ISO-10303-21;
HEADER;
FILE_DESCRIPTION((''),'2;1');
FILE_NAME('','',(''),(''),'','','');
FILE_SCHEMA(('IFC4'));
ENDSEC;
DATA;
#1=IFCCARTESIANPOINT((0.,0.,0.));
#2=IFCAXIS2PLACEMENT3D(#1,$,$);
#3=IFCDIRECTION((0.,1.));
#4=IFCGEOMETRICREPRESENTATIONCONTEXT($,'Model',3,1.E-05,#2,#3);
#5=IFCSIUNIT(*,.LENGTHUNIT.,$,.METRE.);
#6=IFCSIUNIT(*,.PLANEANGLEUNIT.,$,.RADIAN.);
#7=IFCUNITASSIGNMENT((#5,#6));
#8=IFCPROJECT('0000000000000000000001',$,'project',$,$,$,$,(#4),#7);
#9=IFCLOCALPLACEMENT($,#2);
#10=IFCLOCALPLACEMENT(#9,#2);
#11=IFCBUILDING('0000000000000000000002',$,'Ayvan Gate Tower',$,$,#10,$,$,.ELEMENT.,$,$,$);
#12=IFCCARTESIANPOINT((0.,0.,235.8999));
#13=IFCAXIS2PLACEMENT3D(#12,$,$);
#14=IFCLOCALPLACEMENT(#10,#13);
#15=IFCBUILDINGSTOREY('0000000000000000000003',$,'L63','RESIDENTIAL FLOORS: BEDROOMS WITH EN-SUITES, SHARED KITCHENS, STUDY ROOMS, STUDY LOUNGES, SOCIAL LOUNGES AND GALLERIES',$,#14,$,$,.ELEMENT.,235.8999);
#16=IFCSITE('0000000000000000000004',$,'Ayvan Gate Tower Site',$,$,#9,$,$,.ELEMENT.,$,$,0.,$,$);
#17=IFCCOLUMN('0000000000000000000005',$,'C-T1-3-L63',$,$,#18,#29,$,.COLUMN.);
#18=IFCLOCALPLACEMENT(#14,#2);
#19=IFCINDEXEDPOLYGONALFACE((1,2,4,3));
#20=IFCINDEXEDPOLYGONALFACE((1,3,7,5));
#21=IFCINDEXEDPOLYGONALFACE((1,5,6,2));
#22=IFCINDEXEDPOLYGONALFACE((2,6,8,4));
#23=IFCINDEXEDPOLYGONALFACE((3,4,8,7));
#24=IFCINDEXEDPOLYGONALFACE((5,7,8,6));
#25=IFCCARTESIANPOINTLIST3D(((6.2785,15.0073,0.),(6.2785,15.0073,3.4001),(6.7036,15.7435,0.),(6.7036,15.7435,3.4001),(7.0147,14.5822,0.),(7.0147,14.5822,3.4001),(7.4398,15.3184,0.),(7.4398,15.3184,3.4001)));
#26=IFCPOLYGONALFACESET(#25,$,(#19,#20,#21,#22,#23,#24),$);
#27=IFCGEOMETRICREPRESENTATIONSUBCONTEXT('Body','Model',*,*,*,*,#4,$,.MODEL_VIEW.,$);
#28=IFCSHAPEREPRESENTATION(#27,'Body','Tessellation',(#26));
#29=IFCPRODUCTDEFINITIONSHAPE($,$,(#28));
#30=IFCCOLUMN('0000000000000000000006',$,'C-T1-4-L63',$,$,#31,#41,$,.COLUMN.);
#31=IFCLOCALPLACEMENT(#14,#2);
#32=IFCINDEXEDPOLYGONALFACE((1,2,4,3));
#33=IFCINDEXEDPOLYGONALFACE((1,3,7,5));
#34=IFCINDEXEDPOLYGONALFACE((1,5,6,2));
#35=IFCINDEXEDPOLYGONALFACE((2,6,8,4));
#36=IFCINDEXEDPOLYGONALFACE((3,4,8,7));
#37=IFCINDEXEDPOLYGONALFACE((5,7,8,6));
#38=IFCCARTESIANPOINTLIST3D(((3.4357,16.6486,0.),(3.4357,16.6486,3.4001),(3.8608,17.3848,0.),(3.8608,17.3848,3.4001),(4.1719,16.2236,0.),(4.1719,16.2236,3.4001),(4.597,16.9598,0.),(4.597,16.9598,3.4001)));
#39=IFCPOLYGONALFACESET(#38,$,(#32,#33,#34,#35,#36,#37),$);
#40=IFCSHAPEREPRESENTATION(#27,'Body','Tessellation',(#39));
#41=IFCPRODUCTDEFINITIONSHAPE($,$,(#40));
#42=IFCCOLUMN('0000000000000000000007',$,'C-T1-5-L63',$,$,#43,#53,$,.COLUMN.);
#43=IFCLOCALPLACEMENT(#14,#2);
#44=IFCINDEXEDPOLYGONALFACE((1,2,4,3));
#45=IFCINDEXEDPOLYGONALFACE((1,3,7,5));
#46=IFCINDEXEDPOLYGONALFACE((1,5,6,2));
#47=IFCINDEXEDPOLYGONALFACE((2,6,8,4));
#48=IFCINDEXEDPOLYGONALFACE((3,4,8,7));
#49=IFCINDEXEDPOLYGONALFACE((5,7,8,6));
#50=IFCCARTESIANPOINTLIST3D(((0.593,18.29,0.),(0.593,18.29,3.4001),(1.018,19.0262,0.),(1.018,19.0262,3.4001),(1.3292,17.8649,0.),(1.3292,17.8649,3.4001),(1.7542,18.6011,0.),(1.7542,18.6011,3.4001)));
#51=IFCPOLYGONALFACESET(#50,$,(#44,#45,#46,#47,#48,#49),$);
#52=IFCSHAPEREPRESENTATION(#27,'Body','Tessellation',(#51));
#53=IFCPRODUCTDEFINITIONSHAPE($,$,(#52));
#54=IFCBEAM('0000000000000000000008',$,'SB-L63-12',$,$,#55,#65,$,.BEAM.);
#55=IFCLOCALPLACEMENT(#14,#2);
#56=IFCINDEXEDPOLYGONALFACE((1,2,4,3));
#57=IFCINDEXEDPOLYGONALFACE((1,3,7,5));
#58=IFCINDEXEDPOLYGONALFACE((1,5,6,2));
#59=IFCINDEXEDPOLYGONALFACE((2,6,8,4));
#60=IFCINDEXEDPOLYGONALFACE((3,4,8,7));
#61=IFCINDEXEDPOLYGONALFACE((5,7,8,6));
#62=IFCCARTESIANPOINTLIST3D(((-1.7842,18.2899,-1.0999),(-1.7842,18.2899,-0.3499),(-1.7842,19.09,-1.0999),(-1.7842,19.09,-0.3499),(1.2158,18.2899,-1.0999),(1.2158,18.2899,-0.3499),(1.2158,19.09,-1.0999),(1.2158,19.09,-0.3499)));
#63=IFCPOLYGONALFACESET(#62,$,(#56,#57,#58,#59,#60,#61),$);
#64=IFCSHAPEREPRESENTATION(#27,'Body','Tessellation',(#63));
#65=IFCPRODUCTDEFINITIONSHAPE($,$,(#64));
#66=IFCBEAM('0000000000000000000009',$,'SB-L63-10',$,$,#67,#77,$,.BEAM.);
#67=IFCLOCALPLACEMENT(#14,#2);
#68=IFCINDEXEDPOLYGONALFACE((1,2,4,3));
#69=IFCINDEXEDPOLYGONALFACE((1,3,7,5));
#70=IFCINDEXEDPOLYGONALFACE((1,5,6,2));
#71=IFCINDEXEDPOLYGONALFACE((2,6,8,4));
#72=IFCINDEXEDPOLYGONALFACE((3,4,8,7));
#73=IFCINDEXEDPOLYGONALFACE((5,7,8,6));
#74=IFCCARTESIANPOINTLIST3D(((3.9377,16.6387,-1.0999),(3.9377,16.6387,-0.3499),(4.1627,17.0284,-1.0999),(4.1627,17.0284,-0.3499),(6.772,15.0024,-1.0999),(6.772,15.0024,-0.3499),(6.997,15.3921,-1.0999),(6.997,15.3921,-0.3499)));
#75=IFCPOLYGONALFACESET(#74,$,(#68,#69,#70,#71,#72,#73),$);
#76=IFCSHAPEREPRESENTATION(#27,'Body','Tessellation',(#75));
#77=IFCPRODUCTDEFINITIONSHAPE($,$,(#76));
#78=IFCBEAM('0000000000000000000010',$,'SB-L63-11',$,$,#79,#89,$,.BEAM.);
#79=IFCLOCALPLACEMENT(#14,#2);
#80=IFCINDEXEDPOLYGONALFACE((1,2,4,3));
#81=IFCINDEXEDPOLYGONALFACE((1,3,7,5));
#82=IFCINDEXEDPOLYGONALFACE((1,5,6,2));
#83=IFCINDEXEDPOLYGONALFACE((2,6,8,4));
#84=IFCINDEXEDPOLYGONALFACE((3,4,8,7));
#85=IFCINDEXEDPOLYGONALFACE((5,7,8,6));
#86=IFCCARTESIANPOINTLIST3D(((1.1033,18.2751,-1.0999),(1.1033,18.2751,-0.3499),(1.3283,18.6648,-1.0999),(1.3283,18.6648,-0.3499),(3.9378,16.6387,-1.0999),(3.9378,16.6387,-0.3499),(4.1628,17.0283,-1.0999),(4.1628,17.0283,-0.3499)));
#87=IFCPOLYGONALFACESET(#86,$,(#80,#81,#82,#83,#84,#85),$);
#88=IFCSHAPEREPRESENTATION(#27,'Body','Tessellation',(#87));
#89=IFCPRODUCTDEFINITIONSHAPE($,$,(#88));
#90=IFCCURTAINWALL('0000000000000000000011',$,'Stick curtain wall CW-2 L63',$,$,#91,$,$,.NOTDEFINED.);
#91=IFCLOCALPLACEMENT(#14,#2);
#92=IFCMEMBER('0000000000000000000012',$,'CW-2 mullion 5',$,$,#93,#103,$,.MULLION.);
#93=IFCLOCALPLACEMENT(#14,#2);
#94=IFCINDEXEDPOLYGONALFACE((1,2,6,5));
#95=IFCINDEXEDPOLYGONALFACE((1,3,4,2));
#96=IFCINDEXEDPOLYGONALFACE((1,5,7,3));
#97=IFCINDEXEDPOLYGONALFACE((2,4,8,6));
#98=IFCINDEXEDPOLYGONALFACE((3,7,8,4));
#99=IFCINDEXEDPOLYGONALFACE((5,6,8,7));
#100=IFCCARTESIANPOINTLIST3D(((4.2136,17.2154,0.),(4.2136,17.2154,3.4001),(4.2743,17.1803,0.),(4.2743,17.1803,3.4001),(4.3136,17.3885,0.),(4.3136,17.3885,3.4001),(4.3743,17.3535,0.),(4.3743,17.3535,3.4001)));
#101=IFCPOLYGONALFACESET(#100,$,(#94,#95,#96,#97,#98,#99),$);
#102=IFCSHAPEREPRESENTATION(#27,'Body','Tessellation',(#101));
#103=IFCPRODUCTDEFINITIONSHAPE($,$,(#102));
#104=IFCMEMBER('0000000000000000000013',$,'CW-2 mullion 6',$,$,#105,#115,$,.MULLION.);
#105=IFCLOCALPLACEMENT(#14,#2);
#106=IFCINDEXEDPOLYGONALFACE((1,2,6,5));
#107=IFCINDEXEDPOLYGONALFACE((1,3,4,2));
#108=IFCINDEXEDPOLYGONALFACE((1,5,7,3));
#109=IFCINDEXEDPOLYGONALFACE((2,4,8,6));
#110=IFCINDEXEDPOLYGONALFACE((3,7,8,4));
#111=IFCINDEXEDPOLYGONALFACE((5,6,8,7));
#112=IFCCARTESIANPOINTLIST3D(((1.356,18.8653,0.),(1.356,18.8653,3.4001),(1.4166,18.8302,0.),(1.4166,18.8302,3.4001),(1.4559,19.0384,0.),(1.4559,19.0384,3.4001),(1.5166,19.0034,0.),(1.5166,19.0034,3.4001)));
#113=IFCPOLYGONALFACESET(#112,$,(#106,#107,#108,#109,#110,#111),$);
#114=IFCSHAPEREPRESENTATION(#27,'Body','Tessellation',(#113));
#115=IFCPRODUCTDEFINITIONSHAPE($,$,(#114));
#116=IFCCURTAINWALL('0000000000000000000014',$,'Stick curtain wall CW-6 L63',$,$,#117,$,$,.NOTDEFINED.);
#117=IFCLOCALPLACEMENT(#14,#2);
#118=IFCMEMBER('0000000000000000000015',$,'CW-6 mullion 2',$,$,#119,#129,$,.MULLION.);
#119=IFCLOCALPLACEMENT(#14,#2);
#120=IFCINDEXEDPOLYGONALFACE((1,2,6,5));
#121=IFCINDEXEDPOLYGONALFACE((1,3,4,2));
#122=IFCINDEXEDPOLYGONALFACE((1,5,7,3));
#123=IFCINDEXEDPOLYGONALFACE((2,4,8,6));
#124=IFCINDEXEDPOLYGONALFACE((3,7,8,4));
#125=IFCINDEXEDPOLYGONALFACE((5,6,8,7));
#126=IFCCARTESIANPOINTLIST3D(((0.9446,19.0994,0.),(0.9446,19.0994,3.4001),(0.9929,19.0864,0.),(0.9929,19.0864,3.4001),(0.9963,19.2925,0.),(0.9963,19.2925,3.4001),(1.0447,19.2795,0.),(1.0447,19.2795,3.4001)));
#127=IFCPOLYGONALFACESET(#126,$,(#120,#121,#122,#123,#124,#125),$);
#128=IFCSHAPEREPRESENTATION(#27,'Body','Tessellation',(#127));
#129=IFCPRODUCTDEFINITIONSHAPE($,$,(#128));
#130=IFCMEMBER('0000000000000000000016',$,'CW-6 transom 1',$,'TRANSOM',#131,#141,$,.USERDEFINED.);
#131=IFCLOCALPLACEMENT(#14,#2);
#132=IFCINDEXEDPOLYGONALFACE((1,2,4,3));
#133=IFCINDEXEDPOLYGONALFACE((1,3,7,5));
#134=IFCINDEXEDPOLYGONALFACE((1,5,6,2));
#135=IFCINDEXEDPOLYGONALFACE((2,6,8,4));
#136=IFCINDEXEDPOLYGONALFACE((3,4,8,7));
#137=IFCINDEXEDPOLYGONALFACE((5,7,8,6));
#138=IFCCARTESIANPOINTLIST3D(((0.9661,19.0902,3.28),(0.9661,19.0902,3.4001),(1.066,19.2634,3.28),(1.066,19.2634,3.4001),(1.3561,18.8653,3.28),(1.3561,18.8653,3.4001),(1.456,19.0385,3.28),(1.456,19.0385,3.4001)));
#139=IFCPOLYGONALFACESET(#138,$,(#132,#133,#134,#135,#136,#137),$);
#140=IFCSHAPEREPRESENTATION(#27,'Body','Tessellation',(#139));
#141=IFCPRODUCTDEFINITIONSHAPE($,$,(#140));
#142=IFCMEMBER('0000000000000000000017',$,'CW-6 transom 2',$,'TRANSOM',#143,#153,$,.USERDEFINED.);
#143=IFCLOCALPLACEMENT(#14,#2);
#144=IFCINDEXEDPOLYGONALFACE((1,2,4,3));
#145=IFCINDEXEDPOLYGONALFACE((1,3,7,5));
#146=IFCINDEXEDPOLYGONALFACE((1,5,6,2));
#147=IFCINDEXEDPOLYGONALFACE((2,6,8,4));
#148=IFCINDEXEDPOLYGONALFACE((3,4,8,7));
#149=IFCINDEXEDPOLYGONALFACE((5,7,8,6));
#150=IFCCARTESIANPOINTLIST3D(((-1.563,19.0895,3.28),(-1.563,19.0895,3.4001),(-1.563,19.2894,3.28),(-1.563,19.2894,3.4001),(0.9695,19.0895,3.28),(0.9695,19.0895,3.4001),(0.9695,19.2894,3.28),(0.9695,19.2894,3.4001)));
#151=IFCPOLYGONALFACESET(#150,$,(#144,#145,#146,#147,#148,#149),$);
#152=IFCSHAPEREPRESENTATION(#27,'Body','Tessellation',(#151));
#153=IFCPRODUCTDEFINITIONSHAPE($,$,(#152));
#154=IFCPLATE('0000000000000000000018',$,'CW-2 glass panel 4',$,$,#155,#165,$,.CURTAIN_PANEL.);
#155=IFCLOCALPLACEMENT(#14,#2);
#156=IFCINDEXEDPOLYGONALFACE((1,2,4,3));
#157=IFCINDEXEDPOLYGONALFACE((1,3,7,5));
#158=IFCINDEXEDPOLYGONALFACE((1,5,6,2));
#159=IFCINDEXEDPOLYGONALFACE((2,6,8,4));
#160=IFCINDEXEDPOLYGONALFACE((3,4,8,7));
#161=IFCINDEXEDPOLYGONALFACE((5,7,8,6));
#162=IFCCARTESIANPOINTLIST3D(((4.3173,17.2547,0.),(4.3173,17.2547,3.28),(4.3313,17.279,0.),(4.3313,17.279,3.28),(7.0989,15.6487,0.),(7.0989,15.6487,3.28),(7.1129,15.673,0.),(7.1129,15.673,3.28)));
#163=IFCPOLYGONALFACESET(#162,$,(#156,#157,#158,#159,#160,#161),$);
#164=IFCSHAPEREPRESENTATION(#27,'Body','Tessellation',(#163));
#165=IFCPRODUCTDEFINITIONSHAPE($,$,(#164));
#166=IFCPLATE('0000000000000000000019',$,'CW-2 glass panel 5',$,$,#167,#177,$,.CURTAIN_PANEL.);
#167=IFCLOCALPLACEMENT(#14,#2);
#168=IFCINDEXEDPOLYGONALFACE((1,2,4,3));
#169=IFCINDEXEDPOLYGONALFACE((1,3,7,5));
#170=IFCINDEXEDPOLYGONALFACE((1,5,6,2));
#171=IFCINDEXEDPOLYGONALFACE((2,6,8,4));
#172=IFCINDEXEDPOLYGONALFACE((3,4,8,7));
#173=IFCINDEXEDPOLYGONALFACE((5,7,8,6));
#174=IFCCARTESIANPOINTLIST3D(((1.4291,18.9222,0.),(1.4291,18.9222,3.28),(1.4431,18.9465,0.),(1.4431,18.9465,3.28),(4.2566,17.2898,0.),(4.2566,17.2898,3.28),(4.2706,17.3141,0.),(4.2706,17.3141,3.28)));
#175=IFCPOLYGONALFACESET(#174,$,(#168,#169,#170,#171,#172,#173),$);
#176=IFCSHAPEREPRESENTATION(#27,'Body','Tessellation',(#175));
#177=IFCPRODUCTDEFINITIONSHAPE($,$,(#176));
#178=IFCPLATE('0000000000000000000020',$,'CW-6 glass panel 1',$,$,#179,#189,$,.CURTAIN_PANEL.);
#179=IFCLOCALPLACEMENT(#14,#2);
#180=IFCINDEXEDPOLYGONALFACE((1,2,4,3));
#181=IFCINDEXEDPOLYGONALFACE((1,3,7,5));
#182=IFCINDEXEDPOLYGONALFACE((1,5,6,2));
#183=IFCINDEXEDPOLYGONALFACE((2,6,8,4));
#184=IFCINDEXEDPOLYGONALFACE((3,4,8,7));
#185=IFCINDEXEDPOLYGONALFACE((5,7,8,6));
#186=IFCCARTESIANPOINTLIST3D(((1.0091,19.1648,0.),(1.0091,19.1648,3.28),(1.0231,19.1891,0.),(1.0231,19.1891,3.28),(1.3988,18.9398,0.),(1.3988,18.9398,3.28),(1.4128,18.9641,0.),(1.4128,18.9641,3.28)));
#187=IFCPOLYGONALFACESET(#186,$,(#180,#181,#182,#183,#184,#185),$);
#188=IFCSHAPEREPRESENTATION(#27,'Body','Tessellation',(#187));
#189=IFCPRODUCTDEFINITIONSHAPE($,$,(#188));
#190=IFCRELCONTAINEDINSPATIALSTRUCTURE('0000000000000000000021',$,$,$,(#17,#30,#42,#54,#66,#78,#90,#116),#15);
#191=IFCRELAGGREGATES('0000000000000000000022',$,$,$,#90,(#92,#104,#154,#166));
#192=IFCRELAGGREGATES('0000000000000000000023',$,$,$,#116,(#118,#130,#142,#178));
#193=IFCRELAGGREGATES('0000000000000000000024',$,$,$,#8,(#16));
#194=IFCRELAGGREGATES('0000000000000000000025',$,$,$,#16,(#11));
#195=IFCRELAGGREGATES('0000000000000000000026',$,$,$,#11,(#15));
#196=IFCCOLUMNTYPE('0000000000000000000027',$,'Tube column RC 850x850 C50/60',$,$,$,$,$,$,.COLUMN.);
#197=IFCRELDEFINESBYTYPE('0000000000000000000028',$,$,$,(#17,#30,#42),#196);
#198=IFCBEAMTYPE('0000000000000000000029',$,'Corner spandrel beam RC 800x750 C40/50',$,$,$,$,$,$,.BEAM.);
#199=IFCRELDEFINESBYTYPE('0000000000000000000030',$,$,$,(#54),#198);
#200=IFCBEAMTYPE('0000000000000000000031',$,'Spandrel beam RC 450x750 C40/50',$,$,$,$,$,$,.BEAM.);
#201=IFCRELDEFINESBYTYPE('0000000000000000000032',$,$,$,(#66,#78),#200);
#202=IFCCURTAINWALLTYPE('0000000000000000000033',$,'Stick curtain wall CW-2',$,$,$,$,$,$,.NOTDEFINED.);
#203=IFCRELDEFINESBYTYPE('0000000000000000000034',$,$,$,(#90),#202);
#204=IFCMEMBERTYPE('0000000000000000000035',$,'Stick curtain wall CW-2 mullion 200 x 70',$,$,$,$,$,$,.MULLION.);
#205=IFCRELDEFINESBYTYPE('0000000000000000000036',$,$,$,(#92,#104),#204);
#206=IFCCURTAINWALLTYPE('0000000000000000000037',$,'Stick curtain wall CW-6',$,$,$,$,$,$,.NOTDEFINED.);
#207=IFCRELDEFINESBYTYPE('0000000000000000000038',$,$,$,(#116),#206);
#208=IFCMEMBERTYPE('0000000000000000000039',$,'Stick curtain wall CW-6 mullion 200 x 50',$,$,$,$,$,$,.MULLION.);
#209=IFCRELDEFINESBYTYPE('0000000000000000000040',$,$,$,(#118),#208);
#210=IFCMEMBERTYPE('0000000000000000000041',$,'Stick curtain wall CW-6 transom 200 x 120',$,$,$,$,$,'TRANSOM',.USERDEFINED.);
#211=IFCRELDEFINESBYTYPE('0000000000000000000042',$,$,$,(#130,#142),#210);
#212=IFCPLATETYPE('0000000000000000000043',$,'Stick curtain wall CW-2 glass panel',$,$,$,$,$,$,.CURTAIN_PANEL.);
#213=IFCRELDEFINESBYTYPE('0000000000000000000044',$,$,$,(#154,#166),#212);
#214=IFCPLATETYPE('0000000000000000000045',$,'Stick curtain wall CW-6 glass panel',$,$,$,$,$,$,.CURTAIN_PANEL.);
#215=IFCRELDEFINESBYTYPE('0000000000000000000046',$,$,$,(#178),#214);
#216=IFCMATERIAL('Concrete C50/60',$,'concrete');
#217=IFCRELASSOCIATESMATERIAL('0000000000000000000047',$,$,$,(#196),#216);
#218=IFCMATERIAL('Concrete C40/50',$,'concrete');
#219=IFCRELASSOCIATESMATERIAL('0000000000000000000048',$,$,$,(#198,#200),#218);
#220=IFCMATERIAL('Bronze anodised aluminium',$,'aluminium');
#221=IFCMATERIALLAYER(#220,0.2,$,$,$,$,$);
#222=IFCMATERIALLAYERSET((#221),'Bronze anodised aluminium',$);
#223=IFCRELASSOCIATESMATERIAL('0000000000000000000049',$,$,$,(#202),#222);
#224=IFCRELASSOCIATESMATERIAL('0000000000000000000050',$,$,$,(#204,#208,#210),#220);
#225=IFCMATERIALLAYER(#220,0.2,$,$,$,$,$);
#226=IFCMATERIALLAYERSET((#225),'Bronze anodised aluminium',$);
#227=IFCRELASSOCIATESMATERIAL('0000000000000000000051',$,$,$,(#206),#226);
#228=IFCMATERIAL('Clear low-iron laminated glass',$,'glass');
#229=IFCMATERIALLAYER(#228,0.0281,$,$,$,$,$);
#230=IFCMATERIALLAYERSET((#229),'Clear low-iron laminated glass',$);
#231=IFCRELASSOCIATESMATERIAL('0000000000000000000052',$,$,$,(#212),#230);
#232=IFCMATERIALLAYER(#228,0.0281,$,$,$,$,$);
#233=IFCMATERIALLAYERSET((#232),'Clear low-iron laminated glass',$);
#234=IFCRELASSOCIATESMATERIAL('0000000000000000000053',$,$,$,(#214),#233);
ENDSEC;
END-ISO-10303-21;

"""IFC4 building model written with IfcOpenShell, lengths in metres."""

from ifc_helpers import new_model, si_unit, direction, frame, origin, origin_2d, place, context, subcontext, project, spatial, rectangle, extrude, material, layer, layer_set, material_profile, profile_set, type_object, element, aggregate, save


model = new_model("IFC4")

# Units and contexts
model_context = context("Model", 3, precision=1e-05, world=origin(), true_north=direction((0.0, 1.0)))
body_context = subcontext(model_context, "Body", "Model", "MODEL_VIEW")
ifc_project = project(units=[si_unit("LENGTHUNIT", "METRE"), si_unit("PLANEANGLEUNIT", "RADIAN")], contexts=[model_context])

# Site, building, storey
site_placement = place(None, origin())
site = spatial("IfcSite", under=ifc_project, at=site_placement, Name="Ayvan Gate Tower Site", CompositionType="ELEMENT", RefElevation=0.0)
building_placement = place(site_placement, origin())
building = spatial("IfcBuilding", under=site, at=building_placement, Name="Ayvan Gate Tower", CompositionType="ELEMENT")
storey_placement = place(building_placement, frame((0.0, 0.0, 235.8999)))
storey = spatial("IfcBuildingStorey", under=building, at=storey_placement, Name="L63", Description="RESIDENTIAL FLOORS: BEDROOMS WITH EN-SUITES, SHARED KITCHENS, STUDY ROOMS, STUDY LOUNGES, SOCIAL LOUNGES AND GALLERIES", CompositionType="ELEMENT", Elevation=235.8999)

# Columns
ifc_material_1 = material(Name="Concrete C50/60", Category="concrete")
ifc_material_profile_1 = material_profile(ifc_material_1, rectangle(XDim=0.8501, YDim=0.8501, at=origin_2d()), Name="RC 850x850")
ifc_profile_set_1 = profile_set([ifc_material_profile_1], Name="Concrete C50/60")
column_type = type_object("IfcColumnType", Name="Tube column RC 850x850 C50/60", PredefinedType="COLUMN", material=ifc_profile_set_1)
for number, where, z_axis, x_axis, name in (
    (1, (6.8591, 15.1628, 0.0), (0.0, 0.0, 1.0), (0.5, 0.866025, 0.0), "C-T1-3-L63"),
    (2, (4.0164, 16.8042, 0.0), (0.0, 0.0, 1.0), (0.5, 0.866025, 0.0), "C-T1-4-L63"),
    (3, (1.1736, 18.4456, 0.0), (0.0, 0.0, 1.0), (0.5, 0.866025, 0.0), "C-T1-5-L63"),
):
    element("IfcColumn", number, at=place(storey_placement, frame(where, z_axis=z_axis, x_axis=x_axis)), inside=storey, type_object=column_type, Name=name, PredefinedType="COLUMN", context=body_context, shape_type="SweptSolid", body=[
        extrude(rectangle(XDim=0.8501, YDim=0.8501, at=origin_2d()), origin(), (0.0, 0.0, 1.0), 3.4001),
    ])

# Beams
ifc_material_2 = material(Name="Concrete C40/50", Category="concrete")
ifc_material_profile_2 = material_profile(ifc_material_2, rectangle(XDim=0.8, YDim=0.75, at=origin_2d()), Name="RC 800x750")
ifc_profile_set_2 = profile_set([ifc_material_profile_2], Name="Concrete C40/50")
beam_type_1 = type_object("IfcBeamType", Name="Corner spandrel beam RC 800x750 C40/50", PredefinedType="BEAM", material=ifc_profile_set_2)
beam_1_placement = place(storey_placement, frame((1.2158, 18.6899, -0.7249), z_axis=(-1.0, 0.0, 0.0), x_axis=(0.0, -1.0, 0.0)))
element("IfcBeam", 4, at=beam_1_placement, inside=storey, type_object=beam_type_1, Name="SB-L63-12", PredefinedType="BEAM", context=body_context, shape_type="SweptSolid", body=[
    extrude(rectangle(XDim=0.8, YDim=0.75, at=origin_2d()), origin(), (0.0, 0.0, 1.0), 3.0),
])
ifc_material_profile_3 = material_profile(ifc_material_2, rectangle(XDim=0.45, YDim=0.75, at=origin_2d()), Name="RC 450x750")
ifc_profile_set_3 = profile_set([ifc_material_profile_3], Name="Concrete C40/50")
beam_type_2 = type_object("IfcBeamType", Name="Spandrel beam RC 450x750 C40/50", PredefinedType="BEAM", material=ifc_profile_set_3)
beam_2_placement = place(storey_placement, frame((6.8845, 15.1973, -0.7249), z_axis=(-0.86604, 0.499974, 0.0), x_axis=(-0.499974, -0.86604, 0.0)))
element("IfcBeam", 5, at=beam_2_placement, inside=storey, type_object=beam_type_2, Name="SB-L63-10", PredefinedType="BEAM", context=body_context, shape_type="SweptSolid", body=[
    extrude(rectangle(XDim=0.45, YDim=0.75, at=origin_2d()), origin(), (0.0, 0.0, 1.0), 3.2727),
])
beam_3_placement = place(storey_placement, frame((4.0503, 16.8335, -0.7249), z_axis=(-0.866027, 0.499998, 0.0), x_axis=(-0.499998, -0.866027, 0.0)))
element("IfcBeam", 6, at=beam_3_placement, inside=storey, type_object=beam_type_2, Name="SB-L63-11", PredefinedType="BEAM", context=body_context, shape_type="SweptSolid", body=[
    extrude(rectangle(XDim=0.45, YDim=0.75, at=origin_2d()), origin(), (0.0, 0.0, 1.0), 3.2729),
])

# Curtain walls, members
ifc_material_3 = material(Name="Bronze anodised aluminium", Category="aluminium")
ifc_layer_1 = layer(ifc_material_3, 0.2)
ifc_layer_set_1 = layer_set([ifc_layer_1], Name="Bronze anodised aluminium")
curtain_wall_type_1 = type_object("IfcCurtainWallType", Name="Stick curtain wall CW-2", PredefinedType="NOTDEFINED", material=ifc_layer_set_1)
curtain_wall_1_placement = place(storey_placement, origin())
curtain_wall_1 = element("IfcCurtainWall", 7, at=curtain_wall_1_placement, inside=storey, type_object=curtain_wall_type_1, Name="Stick curtain wall CW-2 L63", PredefinedType="NOTDEFINED")
ifc_material_profile_4 = material_profile(ifc_material_3, rectangle(XDim=0.2, YDim=0.0701, at=origin_2d()), Name="Stick curtain wall CW-2 mullion 200 x 70")
ifc_profile_set_4 = profile_set([ifc_material_profile_4], Name="Bronze anodised aluminium")
member_type_1 = type_object("IfcMemberType", Name="Stick curtain wall CW-2 mullion 200 x 70", PredefinedType="MULLION", material=ifc_profile_set_4)
member_1_placement = place(storey_placement, frame((4.2939, 17.2844, 0.0), z_axis=(0.0, 0.0, 1.0), x_axis=(0.5, 0.866025, 0.0)))
member_1 = element("IfcMember", 8, at=member_1_placement, type_object=member_type_1, Name="CW-2 mullion 5", PredefinedType="MULLION", context=body_context, shape_type="SweptSolid", body=[
    extrude(rectangle(XDim=0.2, YDim=0.0701, at=origin_2d()), origin(), (0.0, 0.0, 1.0), 3.4001),
])
member_2_placement = place(storey_placement, frame((1.4363, 18.9343, 0.0), z_axis=(0.0, 0.0, 1.0), x_axis=(0.5, 0.866025, 0.0)))
member_2 = element("IfcMember", 9, at=member_2_placement, type_object=member_type_1, Name="CW-2 mullion 6", PredefinedType="MULLION", context=body_context, shape_type="SweptSolid", body=[
    extrude(rectangle(XDim=0.2, YDim=0.0701, at=origin_2d()), origin(), (0.0, 0.0, 1.0), 3.4001),
])
ifc_layer_2 = layer(ifc_material_3, 0.2)
ifc_layer_set_2 = layer_set([ifc_layer_2], Name="Bronze anodised aluminium")
curtain_wall_type_2 = type_object("IfcCurtainWallType", Name="Stick curtain wall CW-6", PredefinedType="NOTDEFINED", material=ifc_layer_set_2)
curtain_wall_2_placement = place(storey_placement, origin())
curtain_wall_2 = element("IfcCurtainWall", 10, at=curtain_wall_2_placement, inside=storey, type_object=curtain_wall_type_2, Name="Stick curtain wall CW-6 L63", PredefinedType="NOTDEFINED")
ifc_material_profile_5 = material_profile(ifc_material_3, rectangle(XDim=0.2, YDim=0.05, at=origin_2d()), Name="Stick curtain wall CW-6 mullion 200 x 50")
ifc_profile_set_5 = profile_set([ifc_material_profile_5], Name="Bronze anodised aluminium")
member_type_2 = type_object("IfcMemberType", Name="Stick curtain wall CW-6 mullion 200 x 50", PredefinedType="MULLION", material=ifc_profile_set_5)
member_3_placement = place(storey_placement, frame((0.9946, 19.1895, 0.0), z_axis=(0.0, 0.0, 1.0), x_axis=(0.258819, 0.965926, 0.0)))
member_3 = element("IfcMember", 11, at=member_3_placement, type_object=member_type_2, Name="CW-6 mullion 2", PredefinedType="MULLION", context=body_context, shape_type="SweptSolid", body=[
    extrude(rectangle(XDim=0.2, YDim=0.05, at=origin_2d()), origin(), (0.0, 0.0, 1.0), 3.4001),
])
ifc_material_profile_6 = material_profile(ifc_material_3, rectangle(XDim=0.2, YDim=0.1201, at=origin_2d()), Name="Stick curtain wall CW-6 transom 200 x 120")
ifc_profile_set_6 = profile_set([ifc_material_profile_6], Name="Bronze anodised aluminium")
member_type_3 = type_object("IfcMemberType", Name="Stick curtain wall CW-6 transom 200 x 120", ElementType="TRANSOM", PredefinedType="USERDEFINED", material=ifc_profile_set_6)
member_4_placement = place(storey_placement, frame((1.406, 18.9519, 3.3401), z_axis=(-0.866267, 0.499582, 0.0), x_axis=(-0.499582, -0.866267, 0.0)))
member_4 = element("IfcMember", 12, at=member_4_placement, type_object=member_type_3, Name="CW-6 transom 1", ObjectType="TRANSOM", PredefinedType="USERDEFINED", context=body_context, shape_type="SweptSolid", body=[
    extrude(rectangle(XDim=0.2, YDim=0.1201, at=origin_2d()), origin(), (0.0, 0.0, 1.0), 0.4502),
])
member_5_placement = place(storey_placement, frame((0.9695, 19.1895, 3.3401), z_axis=(-1.0, 0.0, 0.0), x_axis=(0.0, -1.0, 0.0)))
member_5 = element("IfcMember", 13, at=member_5_placement, type_object=member_type_3, Name="CW-6 transom 2", ObjectType="TRANSOM", PredefinedType="USERDEFINED", context=body_context, shape_type="SweptSolid", body=[
    extrude(rectangle(XDim=0.2, YDim=0.1201, at=origin_2d()), origin(), (0.0, 0.0, 1.0), 2.5325),
])

# Plates
ifc_material_4 = material(Name="Clear low-iron laminated glass", Category="glass")
ifc_layer_3 = layer(ifc_material_4, 0.0281)
ifc_layer_set_3 = layer_set([ifc_layer_3], Name="Clear low-iron laminated glass")
plate_type_1 = type_object("IfcPlateType", Name="Stick curtain wall CW-2 glass panel", PredefinedType="CURTAIN_PANEL", material=ifc_layer_set_3)
plate_1_placement = place(storey_placement, frame((5.7151, 16.4639, 0.0), z_axis=(0.0, 0.0, 1.0), x_axis=(-0.866025, 0.5, 0.0)))
plate_1 = element("IfcPlate", 14, at=plate_1_placement, type_object=plate_type_1, Name="CW-2 glass panel 4", PredefinedType="CURTAIN_PANEL", context=body_context, shape_type="SweptSolid", body=[
    extrude(rectangle(XDim=3.2119, YDim=0.0281, at=origin_2d()), origin(), (0.0, 0.0, 1.0), 3.28),
])
plate_2_placement = place(storey_placement, frame((2.8499, 18.1182, 0.0), z_axis=(0.0, 0.0, 1.0), x_axis=(-0.866025, 0.5, 0.0)))
plate_2 = element("IfcPlate", 15, at=plate_2_placement, type_object=plate_type_1, Name="CW-2 glass panel 5", PredefinedType="CURTAIN_PANEL", context=body_context, shape_type="SweptSolid", body=[
    extrude(rectangle(XDim=3.2649, YDim=0.0281, at=origin_2d()), origin(), (0.0, 0.0, 1.0), 3.28),
])
aggregate(curtain_wall_1, [member_1, member_2, plate_1, plate_2])
ifc_layer_4 = layer(ifc_material_4, 0.0281)
ifc_layer_set_4 = layer_set([ifc_layer_4], Name="Clear low-iron laminated glass")
plate_type_2 = type_object("IfcPlateType", Name="Stick curtain wall CW-6 glass panel", PredefinedType="CURTAIN_PANEL", material=ifc_layer_set_4)
plate_3_placement = place(storey_placement, frame((1.2109, 19.0645, 0.0), z_axis=(0.0, 0.0, 1.0), x_axis=(-0.866025, 0.5, 0.0)))
plate_3 = element("IfcPlate", 16, at=plate_3_placement, type_object=plate_type_2, Name="CW-6 glass panel 1", PredefinedType="CURTAIN_PANEL", context=body_context, shape_type="SweptSolid", body=[
    extrude(rectangle(XDim=0.45, YDim=0.0281, at=origin_2d()), origin(), (0.0, 0.0, 1.0), 3.28),
])
aggregate(curtain_wall_2, [member_3, member_4, member_5, plate_3])

save(model, "model.ifc")
